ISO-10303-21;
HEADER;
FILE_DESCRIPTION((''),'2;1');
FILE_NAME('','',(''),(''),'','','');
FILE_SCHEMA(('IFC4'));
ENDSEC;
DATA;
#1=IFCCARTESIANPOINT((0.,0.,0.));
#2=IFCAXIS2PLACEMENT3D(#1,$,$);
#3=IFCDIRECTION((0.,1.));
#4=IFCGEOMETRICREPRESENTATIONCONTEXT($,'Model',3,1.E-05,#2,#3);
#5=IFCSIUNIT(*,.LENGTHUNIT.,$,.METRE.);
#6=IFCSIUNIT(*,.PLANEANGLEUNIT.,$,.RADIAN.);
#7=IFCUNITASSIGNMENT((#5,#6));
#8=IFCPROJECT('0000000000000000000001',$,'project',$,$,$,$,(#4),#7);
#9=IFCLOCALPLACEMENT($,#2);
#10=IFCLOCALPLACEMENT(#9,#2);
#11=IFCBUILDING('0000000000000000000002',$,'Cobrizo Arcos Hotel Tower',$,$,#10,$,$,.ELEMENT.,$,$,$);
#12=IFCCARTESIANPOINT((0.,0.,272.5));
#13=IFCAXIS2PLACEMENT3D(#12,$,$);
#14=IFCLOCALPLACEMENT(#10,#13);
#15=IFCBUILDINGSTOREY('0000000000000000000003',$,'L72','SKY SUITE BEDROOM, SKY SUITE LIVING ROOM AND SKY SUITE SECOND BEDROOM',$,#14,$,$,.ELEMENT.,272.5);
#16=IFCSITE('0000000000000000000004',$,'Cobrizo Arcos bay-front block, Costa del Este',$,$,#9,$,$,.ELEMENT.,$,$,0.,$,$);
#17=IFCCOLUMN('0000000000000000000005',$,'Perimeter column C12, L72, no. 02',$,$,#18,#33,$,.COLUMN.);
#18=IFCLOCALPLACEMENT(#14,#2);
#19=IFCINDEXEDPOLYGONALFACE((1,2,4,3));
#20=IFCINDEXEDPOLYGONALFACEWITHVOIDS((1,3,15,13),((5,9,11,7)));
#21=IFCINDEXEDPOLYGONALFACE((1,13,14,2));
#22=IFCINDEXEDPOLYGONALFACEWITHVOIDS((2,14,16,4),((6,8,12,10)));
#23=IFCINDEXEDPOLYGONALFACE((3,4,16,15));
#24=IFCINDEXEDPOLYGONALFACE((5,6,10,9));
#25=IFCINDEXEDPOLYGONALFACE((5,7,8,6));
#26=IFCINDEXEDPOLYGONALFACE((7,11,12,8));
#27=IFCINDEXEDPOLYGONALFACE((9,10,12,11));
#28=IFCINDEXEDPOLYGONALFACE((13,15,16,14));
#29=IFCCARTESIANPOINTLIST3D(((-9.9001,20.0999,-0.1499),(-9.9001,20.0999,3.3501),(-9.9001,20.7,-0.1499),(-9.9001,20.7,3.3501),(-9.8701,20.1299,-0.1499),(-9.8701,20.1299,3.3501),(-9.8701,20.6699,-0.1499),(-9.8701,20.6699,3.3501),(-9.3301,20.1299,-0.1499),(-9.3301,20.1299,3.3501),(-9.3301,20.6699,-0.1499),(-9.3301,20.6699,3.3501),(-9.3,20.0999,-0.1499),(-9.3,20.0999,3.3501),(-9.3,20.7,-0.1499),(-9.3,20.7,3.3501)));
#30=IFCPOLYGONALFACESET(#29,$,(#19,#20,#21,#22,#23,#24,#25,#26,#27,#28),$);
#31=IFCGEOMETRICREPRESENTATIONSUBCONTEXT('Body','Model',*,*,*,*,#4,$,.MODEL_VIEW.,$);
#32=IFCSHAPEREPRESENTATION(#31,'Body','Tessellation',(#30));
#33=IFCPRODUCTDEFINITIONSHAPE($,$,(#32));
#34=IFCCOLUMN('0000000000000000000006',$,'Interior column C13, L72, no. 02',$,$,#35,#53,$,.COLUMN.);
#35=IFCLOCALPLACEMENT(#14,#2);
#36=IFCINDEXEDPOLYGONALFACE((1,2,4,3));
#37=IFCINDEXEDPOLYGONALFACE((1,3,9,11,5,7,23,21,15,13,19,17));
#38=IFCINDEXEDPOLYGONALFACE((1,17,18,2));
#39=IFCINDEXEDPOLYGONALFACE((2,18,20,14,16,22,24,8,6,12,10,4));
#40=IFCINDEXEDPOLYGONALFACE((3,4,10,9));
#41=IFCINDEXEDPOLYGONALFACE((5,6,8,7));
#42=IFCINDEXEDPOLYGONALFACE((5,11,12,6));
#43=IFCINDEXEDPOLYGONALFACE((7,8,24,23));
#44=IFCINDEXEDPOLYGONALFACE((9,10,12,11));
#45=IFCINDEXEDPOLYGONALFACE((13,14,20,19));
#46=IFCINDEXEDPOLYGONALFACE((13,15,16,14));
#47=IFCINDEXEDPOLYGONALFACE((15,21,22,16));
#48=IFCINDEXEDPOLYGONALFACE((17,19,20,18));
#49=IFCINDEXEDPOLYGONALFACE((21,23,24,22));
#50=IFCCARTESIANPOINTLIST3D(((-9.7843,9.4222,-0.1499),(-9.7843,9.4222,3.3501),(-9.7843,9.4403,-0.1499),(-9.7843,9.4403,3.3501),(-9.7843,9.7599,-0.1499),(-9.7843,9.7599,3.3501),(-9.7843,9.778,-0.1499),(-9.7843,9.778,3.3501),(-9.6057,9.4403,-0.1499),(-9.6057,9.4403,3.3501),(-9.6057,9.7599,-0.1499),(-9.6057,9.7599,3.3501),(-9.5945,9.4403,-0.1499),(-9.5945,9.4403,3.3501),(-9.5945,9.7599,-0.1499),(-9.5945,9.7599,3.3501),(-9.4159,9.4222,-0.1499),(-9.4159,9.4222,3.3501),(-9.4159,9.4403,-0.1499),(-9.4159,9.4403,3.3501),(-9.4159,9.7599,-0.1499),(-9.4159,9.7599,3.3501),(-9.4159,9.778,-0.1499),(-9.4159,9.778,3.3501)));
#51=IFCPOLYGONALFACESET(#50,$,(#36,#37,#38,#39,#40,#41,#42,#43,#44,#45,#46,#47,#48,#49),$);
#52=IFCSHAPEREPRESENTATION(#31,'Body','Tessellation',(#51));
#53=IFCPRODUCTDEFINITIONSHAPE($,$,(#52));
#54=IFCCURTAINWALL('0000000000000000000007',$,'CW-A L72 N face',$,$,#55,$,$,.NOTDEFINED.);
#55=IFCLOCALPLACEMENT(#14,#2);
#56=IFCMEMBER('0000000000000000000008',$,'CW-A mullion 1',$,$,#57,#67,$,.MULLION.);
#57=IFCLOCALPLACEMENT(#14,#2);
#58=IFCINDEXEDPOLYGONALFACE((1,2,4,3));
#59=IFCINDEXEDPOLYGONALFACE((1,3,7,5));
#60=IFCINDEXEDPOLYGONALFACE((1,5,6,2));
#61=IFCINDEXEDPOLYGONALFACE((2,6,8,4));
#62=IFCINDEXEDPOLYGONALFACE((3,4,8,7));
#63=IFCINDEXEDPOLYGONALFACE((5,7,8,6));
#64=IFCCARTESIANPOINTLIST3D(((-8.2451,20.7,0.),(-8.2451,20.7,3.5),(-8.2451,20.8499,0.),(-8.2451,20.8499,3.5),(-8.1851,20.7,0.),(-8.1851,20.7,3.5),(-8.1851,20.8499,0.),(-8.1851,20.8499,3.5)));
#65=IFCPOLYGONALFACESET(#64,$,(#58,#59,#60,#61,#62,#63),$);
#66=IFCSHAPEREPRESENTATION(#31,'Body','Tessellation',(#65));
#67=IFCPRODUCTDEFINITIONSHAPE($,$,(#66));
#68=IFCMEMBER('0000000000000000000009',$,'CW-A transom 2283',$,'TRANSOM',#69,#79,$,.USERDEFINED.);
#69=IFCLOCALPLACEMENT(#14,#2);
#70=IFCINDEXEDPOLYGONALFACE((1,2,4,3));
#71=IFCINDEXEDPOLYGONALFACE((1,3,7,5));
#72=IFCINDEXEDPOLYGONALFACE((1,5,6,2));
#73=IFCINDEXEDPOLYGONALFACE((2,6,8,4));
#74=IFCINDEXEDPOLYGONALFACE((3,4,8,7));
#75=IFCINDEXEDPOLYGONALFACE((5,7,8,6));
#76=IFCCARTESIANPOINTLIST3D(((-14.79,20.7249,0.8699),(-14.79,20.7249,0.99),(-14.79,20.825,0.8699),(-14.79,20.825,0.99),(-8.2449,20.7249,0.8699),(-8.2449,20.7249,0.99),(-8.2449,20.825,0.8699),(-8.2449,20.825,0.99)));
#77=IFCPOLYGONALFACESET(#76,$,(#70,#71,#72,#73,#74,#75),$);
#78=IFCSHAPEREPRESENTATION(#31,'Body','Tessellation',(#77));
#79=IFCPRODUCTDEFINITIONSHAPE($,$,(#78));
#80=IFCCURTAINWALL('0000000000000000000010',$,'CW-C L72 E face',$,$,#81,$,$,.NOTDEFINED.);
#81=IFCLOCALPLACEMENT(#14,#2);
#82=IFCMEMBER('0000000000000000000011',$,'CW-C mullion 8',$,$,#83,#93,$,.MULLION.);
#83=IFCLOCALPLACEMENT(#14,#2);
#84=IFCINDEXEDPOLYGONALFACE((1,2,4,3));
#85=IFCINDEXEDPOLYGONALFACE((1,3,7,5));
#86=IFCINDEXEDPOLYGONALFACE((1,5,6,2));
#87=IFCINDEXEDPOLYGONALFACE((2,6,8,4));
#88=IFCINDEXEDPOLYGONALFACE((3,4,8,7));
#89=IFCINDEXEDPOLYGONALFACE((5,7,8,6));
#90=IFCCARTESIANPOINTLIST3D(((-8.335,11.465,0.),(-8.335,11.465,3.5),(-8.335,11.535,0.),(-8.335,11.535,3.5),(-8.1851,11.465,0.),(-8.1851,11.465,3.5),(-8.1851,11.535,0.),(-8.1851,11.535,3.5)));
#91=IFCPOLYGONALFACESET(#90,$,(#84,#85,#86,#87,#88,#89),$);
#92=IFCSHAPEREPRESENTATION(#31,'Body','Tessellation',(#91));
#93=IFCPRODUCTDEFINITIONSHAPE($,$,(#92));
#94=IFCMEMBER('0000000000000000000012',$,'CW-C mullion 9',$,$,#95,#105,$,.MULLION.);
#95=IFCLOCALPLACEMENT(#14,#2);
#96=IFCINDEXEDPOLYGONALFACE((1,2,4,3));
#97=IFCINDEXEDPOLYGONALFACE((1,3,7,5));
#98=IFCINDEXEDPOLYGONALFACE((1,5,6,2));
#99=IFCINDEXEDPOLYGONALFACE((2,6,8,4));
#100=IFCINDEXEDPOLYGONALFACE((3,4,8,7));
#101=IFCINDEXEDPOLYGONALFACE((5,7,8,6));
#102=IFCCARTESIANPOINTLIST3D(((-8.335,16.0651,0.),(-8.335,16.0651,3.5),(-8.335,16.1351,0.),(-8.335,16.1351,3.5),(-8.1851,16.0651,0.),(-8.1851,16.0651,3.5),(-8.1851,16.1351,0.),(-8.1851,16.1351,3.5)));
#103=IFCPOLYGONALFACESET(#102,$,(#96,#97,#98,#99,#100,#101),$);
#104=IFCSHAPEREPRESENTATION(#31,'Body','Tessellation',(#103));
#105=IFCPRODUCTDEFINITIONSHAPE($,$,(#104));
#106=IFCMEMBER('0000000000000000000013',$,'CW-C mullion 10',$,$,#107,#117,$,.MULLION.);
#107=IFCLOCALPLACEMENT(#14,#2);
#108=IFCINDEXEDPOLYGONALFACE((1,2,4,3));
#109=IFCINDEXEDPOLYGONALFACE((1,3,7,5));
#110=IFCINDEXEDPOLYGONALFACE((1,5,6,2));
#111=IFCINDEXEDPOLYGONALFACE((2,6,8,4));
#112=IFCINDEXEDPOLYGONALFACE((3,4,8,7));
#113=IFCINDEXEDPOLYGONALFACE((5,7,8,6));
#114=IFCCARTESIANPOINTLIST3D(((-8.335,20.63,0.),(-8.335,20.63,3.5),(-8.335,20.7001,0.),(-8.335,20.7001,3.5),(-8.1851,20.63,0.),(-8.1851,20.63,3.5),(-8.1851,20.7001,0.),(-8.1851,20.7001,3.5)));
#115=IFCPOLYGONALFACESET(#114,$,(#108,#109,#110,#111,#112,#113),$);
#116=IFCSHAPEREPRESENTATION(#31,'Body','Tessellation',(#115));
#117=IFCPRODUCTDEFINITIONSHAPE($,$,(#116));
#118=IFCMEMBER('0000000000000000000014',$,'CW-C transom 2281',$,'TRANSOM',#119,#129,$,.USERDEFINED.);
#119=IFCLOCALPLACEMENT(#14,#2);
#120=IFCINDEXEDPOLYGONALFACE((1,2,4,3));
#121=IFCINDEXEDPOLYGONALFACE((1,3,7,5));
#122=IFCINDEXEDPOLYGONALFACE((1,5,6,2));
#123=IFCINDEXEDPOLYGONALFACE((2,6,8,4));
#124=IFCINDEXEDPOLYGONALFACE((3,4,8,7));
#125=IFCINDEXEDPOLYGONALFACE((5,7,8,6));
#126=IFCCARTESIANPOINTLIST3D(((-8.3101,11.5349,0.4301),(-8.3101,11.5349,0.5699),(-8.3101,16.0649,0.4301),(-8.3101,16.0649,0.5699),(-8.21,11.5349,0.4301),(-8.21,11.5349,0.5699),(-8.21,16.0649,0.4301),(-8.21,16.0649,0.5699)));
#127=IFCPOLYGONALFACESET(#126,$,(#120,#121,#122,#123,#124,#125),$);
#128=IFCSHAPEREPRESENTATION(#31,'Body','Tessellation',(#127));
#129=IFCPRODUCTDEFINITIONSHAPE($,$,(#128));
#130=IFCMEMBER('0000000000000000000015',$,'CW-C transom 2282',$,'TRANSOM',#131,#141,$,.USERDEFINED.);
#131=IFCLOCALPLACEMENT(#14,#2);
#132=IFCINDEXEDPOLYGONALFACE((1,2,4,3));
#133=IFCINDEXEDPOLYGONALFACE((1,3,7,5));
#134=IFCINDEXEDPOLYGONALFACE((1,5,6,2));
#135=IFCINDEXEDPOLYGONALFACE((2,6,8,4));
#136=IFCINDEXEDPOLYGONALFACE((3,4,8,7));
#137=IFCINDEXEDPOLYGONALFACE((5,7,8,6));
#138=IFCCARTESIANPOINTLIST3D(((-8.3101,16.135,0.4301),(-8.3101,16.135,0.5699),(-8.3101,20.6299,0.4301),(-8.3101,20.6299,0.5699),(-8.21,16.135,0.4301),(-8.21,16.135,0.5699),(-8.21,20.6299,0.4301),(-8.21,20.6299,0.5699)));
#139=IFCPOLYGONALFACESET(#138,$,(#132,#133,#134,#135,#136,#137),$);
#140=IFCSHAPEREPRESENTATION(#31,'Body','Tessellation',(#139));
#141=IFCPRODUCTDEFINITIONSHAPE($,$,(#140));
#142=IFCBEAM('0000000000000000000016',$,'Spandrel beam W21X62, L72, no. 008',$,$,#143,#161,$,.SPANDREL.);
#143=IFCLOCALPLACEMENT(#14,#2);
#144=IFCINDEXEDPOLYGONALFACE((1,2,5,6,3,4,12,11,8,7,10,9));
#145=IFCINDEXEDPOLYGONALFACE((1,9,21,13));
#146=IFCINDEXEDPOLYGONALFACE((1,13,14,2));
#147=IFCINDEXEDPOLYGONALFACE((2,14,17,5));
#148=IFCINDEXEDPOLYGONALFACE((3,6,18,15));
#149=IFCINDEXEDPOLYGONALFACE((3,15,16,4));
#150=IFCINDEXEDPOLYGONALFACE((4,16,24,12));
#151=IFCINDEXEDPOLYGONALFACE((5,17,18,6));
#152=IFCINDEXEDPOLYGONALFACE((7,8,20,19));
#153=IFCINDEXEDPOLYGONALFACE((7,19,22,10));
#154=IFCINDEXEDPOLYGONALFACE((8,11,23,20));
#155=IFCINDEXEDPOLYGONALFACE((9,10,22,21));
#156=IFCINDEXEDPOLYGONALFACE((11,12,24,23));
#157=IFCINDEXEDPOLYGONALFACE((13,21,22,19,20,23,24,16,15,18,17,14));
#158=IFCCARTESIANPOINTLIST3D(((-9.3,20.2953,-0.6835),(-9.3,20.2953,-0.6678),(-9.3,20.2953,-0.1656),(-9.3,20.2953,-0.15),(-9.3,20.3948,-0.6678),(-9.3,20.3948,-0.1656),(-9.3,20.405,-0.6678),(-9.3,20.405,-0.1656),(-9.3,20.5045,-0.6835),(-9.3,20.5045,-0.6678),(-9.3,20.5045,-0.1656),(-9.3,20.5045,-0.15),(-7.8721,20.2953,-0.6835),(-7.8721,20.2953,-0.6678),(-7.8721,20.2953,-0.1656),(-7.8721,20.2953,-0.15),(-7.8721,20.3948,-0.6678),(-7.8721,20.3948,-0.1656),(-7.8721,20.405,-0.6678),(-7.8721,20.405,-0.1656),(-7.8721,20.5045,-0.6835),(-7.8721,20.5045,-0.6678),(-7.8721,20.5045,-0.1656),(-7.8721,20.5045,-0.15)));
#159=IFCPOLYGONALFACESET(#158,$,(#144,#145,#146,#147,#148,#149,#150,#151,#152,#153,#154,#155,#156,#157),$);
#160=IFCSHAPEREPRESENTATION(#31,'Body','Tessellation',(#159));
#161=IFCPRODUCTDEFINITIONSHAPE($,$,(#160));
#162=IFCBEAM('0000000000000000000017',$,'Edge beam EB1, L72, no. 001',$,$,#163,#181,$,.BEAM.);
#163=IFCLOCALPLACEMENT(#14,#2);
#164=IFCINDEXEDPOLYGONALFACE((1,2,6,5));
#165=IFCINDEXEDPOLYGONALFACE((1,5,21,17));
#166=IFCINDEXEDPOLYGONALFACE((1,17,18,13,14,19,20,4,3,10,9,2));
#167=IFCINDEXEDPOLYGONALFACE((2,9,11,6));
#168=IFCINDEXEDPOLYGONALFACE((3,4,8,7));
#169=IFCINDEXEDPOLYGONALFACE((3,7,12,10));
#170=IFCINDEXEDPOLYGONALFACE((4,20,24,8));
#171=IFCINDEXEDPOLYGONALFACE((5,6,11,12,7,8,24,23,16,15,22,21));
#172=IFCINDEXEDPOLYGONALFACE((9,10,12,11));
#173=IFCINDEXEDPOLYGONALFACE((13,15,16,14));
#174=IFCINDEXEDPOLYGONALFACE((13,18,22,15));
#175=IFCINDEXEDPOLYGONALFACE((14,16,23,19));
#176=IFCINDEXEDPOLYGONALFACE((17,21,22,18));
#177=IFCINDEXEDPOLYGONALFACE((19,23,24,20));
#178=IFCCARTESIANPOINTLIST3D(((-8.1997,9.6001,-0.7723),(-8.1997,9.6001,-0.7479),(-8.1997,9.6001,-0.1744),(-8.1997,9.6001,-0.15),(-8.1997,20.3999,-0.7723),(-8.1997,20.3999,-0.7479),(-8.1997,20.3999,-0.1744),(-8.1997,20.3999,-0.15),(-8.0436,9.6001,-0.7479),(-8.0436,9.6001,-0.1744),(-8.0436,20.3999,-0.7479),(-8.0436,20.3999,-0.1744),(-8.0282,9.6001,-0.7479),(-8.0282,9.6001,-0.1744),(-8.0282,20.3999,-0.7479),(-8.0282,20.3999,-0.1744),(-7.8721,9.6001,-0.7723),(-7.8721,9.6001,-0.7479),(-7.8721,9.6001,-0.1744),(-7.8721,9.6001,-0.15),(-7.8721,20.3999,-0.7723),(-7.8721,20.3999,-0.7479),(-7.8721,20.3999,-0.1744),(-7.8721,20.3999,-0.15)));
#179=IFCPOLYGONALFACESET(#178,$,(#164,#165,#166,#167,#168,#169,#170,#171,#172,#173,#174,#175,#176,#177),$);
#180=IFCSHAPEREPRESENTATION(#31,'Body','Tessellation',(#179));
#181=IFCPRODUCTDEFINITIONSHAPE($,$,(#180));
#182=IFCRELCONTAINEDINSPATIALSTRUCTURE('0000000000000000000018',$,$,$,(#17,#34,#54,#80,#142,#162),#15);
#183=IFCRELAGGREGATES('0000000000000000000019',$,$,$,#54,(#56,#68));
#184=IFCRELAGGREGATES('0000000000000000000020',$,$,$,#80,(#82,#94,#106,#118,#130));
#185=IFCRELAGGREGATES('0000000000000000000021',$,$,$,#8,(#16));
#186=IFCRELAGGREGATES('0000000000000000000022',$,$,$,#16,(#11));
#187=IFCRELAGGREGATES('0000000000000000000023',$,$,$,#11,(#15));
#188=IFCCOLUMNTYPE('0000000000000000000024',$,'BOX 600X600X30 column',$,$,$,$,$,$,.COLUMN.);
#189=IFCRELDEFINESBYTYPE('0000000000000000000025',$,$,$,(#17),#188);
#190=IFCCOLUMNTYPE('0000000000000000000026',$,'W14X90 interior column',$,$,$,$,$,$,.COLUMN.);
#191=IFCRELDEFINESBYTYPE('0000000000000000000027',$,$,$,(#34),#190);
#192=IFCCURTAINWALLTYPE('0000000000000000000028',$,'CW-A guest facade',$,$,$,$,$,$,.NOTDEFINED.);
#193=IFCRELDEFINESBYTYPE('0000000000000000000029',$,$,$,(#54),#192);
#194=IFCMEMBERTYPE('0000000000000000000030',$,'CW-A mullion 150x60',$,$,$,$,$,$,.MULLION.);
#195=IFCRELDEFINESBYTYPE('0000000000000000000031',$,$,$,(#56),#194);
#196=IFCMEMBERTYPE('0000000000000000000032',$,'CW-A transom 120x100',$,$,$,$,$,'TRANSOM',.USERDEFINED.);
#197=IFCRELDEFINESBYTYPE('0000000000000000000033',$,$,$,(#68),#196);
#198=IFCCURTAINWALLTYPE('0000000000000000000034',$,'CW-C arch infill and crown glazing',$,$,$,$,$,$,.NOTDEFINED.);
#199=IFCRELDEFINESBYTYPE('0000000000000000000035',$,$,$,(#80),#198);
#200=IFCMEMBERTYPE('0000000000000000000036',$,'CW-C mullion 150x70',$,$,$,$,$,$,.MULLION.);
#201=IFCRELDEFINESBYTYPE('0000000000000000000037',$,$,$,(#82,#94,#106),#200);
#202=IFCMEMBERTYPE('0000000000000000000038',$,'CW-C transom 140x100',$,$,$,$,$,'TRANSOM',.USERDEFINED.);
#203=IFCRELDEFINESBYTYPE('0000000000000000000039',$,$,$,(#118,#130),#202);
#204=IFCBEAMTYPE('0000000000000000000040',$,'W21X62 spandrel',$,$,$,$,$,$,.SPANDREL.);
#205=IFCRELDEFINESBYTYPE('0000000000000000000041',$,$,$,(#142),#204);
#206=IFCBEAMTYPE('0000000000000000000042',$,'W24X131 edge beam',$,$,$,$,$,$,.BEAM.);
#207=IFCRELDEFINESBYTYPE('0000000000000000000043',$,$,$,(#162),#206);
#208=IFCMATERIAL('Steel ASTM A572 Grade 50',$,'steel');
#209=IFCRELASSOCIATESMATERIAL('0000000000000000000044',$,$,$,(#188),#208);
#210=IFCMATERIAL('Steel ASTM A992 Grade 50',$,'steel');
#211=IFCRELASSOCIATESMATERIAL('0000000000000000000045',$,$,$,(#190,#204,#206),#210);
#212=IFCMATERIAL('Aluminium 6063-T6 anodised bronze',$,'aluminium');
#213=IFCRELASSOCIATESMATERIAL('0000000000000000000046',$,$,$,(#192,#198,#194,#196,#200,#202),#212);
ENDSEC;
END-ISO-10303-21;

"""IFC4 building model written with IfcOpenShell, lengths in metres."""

from ifc_helpers import new_model, si_unit, direction, frame, origin, origin_2d, place, context, subcontext, project, spatial, rectangle, hollow_rectangle, i_section, extrude, material, material_profile, profile_set, type_object, element, aggregate, save


model = new_model("IFC4")

# Units and contexts
model_context = context("Model", 3, precision=1e-05, world=origin(), true_north=direction((0.0, 1.0)))
body_context = subcontext(model_context, "Body", "Model", "MODEL_VIEW")
ifc_project = project(units=[si_unit("LENGTHUNIT", "METRE"), si_unit("PLANEANGLEUNIT", "RADIAN")], contexts=[model_context])

# Site, building, storey
site_placement = place(None, origin())
site = spatial("IfcSite", under=ifc_project, at=site_placement, Name="Cobrizo Arcos bay-front block, Costa del Este", CompositionType="ELEMENT", RefElevation=0.0)
building_placement = place(site_placement, origin())
building = spatial("IfcBuilding", under=site, at=building_placement, Name="Cobrizo Arcos Hotel Tower", CompositionType="ELEMENT")
storey_placement = place(building_placement, frame((0.0, 0.0, 272.5)))
storey = spatial("IfcBuildingStorey", under=building, at=storey_placement, Name="L72", Description="SKY SUITE BEDROOM, SKY SUITE LIVING ROOM AND SKY SUITE SECOND BEDROOM", CompositionType="ELEMENT", Elevation=272.5)

# Columns
ifc_material_1 = material(Name="Steel ASTM A572 Grade 50", Category="steel")
ifc_material_profile_1 = material_profile(ifc_material_1, hollow_rectangle(XDim=0.6001, YDim=0.6001, WallThickness=0.03, at=origin_2d()), Name="BOX 600X600X30")
ifc_profile_set_1 = profile_set([ifc_material_profile_1], Name="Steel ASTM A572 Grade 50")
column_type_1 = type_object("IfcColumnType", Name="BOX 600X600X30 column", PredefinedType="COLUMN", material=ifc_profile_set_1)
column_1_placement = place(storey_placement, frame((-9.6001, 20.3999, -0.1499), z_axis=(0.0, 0.0, 1.0), x_axis=(1.0, 0.0, 0.0)))
element("IfcColumn", 1, at=column_1_placement, inside=storey, type_object=column_type_1, Name="Perimeter column C12, L72, no. 02", PredefinedType="COLUMN", context=body_context, shape_type="SweptSolid", body=[
    extrude(hollow_rectangle(XDim=0.6001, YDim=0.6001, WallThickness=0.03, at=origin_2d()), origin(), (0.0, 0.0, 1.0), 3.5),
])
ifc_material_2 = material(Name="Steel ASTM A992 Grade 50", Category="steel")
ifc_material_profile_2 = material_profile(ifc_material_2, i_section(OverallWidth=0.3684, OverallDepth=0.3557, WebThickness=0.0112, FlangeThickness=0.0181, at=origin_2d()), Name="W14X90")
ifc_profile_set_2 = profile_set([ifc_material_profile_2], Name="Steel ASTM A992 Grade 50")
column_type_2 = type_object("IfcColumnType", Name="W14X90 interior column", PredefinedType="COLUMN", material=ifc_profile_set_2)
column_2_placement = place(storey_placement, frame((-9.6001, 9.6001, -0.1499), z_axis=(0.0, 0.0, 1.0), x_axis=(1.0, 0.0, 0.0)))
element("IfcColumn", 2, at=column_2_placement, inside=storey, type_object=column_type_2, Name="Interior column C13, L72, no. 02", PredefinedType="COLUMN", context=body_context, shape_type="SweptSolid", body=[
    extrude(i_section(OverallWidth=0.3684, OverallDepth=0.3557, WebThickness=0.0112, FlangeThickness=0.0181, at=origin_2d()), origin(), (0.0, 0.0, 1.0), 3.5),
])

# Curtain walls, members
ifc_material_3 = material(Name="Aluminium 6063-T6 anodised bronze", Category="aluminium")
curtain_wall_type_1 = type_object("IfcCurtainWallType", Name="CW-A guest facade", PredefinedType="NOTDEFINED", material=ifc_material_3)
curtain_wall_1_placement = place(storey_placement, origin())
curtain_wall_1 = element("IfcCurtainWall", 3, at=curtain_wall_1_placement, inside=storey, type_object=curtain_wall_type_1, Name="CW-A L72 N face", PredefinedType="NOTDEFINED")
ifc_material_profile_3 = material_profile(ifc_material_3, rectangle(XDim=0.1499, YDim=0.0601, at=origin_2d()), Name="CW-A mullion 150x60")
ifc_profile_set_3 = profile_set([ifc_material_profile_3], Name="Aluminium 6063-T6 anodised bronze")
member_type_1 = type_object("IfcMemberType", Name="CW-A mullion 150x60", PredefinedType="MULLION", material=ifc_profile_set_3)
member_1_placement = place(storey_placement, frame((-8.2151, 20.7749, 0.0), z_axis=(0.0, 0.0, 1.0), x_axis=(0.0, 1.0, 0.0)))
member_1 = element("IfcMember", 4, at=member_1_placement, type_object=member_type_1, Name="CW-A mullion 1", PredefinedType="MULLION", context=body_context, shape_type="SweptSolid", body=[
    extrude(rectangle(XDim=0.1499, YDim=0.0601, at=origin_2d()), origin(), (0.0, 0.0, 1.0), 3.5),
])
ifc_material_profile_4 = material_profile(ifc_material_3, rectangle(XDim=0.1001, YDim=0.1201, at=origin_2d()), Name="CW-A transom 120x100")
ifc_profile_set_4 = profile_set([ifc_material_profile_4], Name="Aluminium 6063-T6 anodised bronze")
member_type_2 = type_object("IfcMemberType", Name="CW-A transom 120x100", ElementType="TRANSOM", PredefinedType="USERDEFINED", material=ifc_profile_set_4)
member_2_placement = place(storey_placement, frame((-8.2449, 20.7749, 0.9299), z_axis=(-1.0, 0.0, 0.0), x_axis=(0.0, -1.0, 0.0)))
member_2 = element("IfcMember", 5, at=member_2_placement, type_object=member_type_2, Name="CW-A transom 2283", ObjectType="TRANSOM", PredefinedType="USERDEFINED", context=body_context, shape_type="SweptSolid", body=[
    extrude(rectangle(XDim=0.1001, YDim=0.1201, at=origin_2d()), origin(), (0.0, 0.0, 1.0), 6.5452),
])
curtain_wall_type_2 = type_object("IfcCurtainWallType", Name="CW-C arch infill and crown glazing", PredefinedType="NOTDEFINED", material=ifc_material_3)
curtain_wall_2_placement = place(storey_placement, origin())
curtain_wall_2 = element("IfcCurtainWall", 6, at=curtain_wall_2_placement, inside=storey, type_object=curtain_wall_type_2, Name="CW-C L72 E face", PredefinedType="NOTDEFINED")
ifc_material_profile_5 = material_profile(ifc_material_3, rectangle(XDim=0.1499, YDim=0.0701, at=origin_2d()), Name="CW-C mullion 150x70")
ifc_profile_set_5 = profile_set([ifc_material_profile_5], Name="Aluminium 6063-T6 anodised bronze")
member_type_3 = type_object("IfcMemberType", Name="CW-C mullion 150x70", PredefinedType="MULLION", material=ifc_profile_set_5)
member_3_placement = place(storey_placement, frame((-8.26, 11.5, 0.0), z_axis=(0.0, 0.0, 1.0), x_axis=(1.0, 0.0, 0.0)))
member_3 = element("IfcMember", 7, at=member_3_placement, type_object=member_type_3, Name="CW-C mullion 8", PredefinedType="MULLION", context=body_context, shape_type="SweptSolid", body=[
    extrude(rectangle(XDim=0.1499, YDim=0.0701, at=origin_2d()), origin(), (0.0, 0.0, 1.0), 3.5),
])
member_4_placement = place(storey_placement, frame((-8.26, 16.1001, 0.0), z_axis=(0.0, 0.0, 1.0), x_axis=(1.0, 0.0, 0.0)))
member_4 = element("IfcMember", 8, at=member_4_placement, type_object=member_type_3, Name="CW-C mullion 9", PredefinedType="MULLION", context=body_context, shape_type="SweptSolid", body=[
    extrude(rectangle(XDim=0.1499, YDim=0.0701, at=origin_2d()), origin(), (0.0, 0.0, 1.0), 3.5),
])
member_5_placement = place(storey_placement, frame((-8.26, 20.665, 0.0), z_axis=(0.0, 0.0, 1.0), x_axis=(1.0, 0.0, 0.0)))
member_5 = element("IfcMember", 9, at=member_5_placement, type_object=member_type_3, Name="CW-C mullion 10", PredefinedType="MULLION", context=body_context, shape_type="SweptSolid", body=[
    extrude(rectangle(XDim=0.1499, YDim=0.0701, at=origin_2d()), origin(), (0.0, 0.0, 1.0), 3.5),
])
ifc_material_profile_6 = material_profile(ifc_material_3, rectangle(XDim=0.1001, YDim=0.1399, at=origin_2d()), Name="CW-C transom 140x100")
ifc_profile_set_6 = profile_set([ifc_material_profile_6], Name="Aluminium 6063-T6 anodised bronze")
member_type_4 = type_object("IfcMemberType", Name="CW-C transom 140x100", ElementType="TRANSOM", PredefinedType="USERDEFINED", material=ifc_profile_set_6)
member_6_placement = place(storey_placement, frame((-8.26, 11.5349, 0.5), z_axis=(0.0, 1.0, 0.0), x_axis=(-1.0, 0.0, 0.0)))
member_6 = element("IfcMember", 10, at=member_6_placement, type_object=member_type_4, Name="CW-C transom 2281", ObjectType="TRANSOM", PredefinedType="USERDEFINED", context=body_context, shape_type="SweptSolid", body=[
    extrude(rectangle(XDim=0.1001, YDim=0.1399, at=origin_2d()), origin(), (0.0, 0.0, 1.0), 4.53),
])
member_7_placement = place(storey_placement, frame((-8.26, 16.135, 0.5), z_axis=(0.0, 1.0, 0.0), x_axis=(-1.0, 0.0, 0.0)))
member_7 = element("IfcMember", 11, at=member_7_placement, type_object=member_type_4, Name="CW-C transom 2282", ObjectType="TRANSOM", PredefinedType="USERDEFINED", context=body_context, shape_type="SweptSolid", body=[
    extrude(rectangle(XDim=0.1001, YDim=0.1399, at=origin_2d()), origin(), (0.0, 0.0, 1.0), 4.4949),
])

# Beams
ifc_material_profile_7 = material_profile(ifc_material_2, i_section(OverallWidth=0.2092, OverallDepth=0.5334, WebThickness=0.0103, FlangeThickness=0.0156, at=origin_2d()), Name="W21X62")
ifc_profile_set_7 = profile_set([ifc_material_profile_7], Name="Steel ASTM A992 Grade 50")
beam_type_1 = type_object("IfcBeamType", Name="W21X62 spandrel", PredefinedType="SPANDREL", material=ifc_profile_set_7)
beam_1_placement = place(storey_placement, frame((-9.3, 20.3999, -0.4167), z_axis=(1.0, 0.0, 0.0), x_axis=(0.0, 1.0, 0.0)))
element("IfcBeam", 12, at=beam_1_placement, inside=storey, type_object=beam_type_1, Name="Spandrel beam W21X62, L72, no. 008", PredefinedType="SPANDREL", context=body_context, shape_type="SweptSolid", body=[
    extrude(i_section(OverallWidth=0.2092, OverallDepth=0.5334, WebThickness=0.0103, FlangeThickness=0.0156, at=origin_2d()), origin(), (0.0, 0.0, 1.0), 1.428),
])
ifc_material_profile_8 = material_profile(ifc_material_2, i_section(OverallWidth=0.3276, OverallDepth=0.6223, WebThickness=0.0154, FlangeThickness=0.0244, at=origin_2d()), Name="W24X131")
ifc_profile_set_8 = profile_set([ifc_material_profile_8], Name="Steel ASTM A992 Grade 50")
beam_type_2 = type_object("IfcBeamType", Name="W24X131 edge beam", PredefinedType="BEAM", material=ifc_profile_set_8)
beam_2_placement = place(storey_placement, frame((-8.0359, 20.3999, -0.4612), z_axis=(0.0, -1.0, 0.0), x_axis=(1.0, 0.0, 0.0)))
element("IfcBeam", 13, at=beam_2_placement, inside=storey, type_object=beam_type_2, Name="Edge beam EB1, L72, no. 001", PredefinedType="BEAM", context=body_context, shape_type="SweptSolid", body=[
    extrude(i_section(OverallWidth=0.3276, OverallDepth=0.6223, WebThickness=0.0154, FlangeThickness=0.0244, at=origin_2d()), origin(), (0.0, 0.0, 1.0), 10.7998),
])

aggregate(curtain_wall_1, [member_1, member_2])
aggregate(curtain_wall_2, [member_3, member_4, member_5, member_6, member_7])

save(model, "model.ifc")
